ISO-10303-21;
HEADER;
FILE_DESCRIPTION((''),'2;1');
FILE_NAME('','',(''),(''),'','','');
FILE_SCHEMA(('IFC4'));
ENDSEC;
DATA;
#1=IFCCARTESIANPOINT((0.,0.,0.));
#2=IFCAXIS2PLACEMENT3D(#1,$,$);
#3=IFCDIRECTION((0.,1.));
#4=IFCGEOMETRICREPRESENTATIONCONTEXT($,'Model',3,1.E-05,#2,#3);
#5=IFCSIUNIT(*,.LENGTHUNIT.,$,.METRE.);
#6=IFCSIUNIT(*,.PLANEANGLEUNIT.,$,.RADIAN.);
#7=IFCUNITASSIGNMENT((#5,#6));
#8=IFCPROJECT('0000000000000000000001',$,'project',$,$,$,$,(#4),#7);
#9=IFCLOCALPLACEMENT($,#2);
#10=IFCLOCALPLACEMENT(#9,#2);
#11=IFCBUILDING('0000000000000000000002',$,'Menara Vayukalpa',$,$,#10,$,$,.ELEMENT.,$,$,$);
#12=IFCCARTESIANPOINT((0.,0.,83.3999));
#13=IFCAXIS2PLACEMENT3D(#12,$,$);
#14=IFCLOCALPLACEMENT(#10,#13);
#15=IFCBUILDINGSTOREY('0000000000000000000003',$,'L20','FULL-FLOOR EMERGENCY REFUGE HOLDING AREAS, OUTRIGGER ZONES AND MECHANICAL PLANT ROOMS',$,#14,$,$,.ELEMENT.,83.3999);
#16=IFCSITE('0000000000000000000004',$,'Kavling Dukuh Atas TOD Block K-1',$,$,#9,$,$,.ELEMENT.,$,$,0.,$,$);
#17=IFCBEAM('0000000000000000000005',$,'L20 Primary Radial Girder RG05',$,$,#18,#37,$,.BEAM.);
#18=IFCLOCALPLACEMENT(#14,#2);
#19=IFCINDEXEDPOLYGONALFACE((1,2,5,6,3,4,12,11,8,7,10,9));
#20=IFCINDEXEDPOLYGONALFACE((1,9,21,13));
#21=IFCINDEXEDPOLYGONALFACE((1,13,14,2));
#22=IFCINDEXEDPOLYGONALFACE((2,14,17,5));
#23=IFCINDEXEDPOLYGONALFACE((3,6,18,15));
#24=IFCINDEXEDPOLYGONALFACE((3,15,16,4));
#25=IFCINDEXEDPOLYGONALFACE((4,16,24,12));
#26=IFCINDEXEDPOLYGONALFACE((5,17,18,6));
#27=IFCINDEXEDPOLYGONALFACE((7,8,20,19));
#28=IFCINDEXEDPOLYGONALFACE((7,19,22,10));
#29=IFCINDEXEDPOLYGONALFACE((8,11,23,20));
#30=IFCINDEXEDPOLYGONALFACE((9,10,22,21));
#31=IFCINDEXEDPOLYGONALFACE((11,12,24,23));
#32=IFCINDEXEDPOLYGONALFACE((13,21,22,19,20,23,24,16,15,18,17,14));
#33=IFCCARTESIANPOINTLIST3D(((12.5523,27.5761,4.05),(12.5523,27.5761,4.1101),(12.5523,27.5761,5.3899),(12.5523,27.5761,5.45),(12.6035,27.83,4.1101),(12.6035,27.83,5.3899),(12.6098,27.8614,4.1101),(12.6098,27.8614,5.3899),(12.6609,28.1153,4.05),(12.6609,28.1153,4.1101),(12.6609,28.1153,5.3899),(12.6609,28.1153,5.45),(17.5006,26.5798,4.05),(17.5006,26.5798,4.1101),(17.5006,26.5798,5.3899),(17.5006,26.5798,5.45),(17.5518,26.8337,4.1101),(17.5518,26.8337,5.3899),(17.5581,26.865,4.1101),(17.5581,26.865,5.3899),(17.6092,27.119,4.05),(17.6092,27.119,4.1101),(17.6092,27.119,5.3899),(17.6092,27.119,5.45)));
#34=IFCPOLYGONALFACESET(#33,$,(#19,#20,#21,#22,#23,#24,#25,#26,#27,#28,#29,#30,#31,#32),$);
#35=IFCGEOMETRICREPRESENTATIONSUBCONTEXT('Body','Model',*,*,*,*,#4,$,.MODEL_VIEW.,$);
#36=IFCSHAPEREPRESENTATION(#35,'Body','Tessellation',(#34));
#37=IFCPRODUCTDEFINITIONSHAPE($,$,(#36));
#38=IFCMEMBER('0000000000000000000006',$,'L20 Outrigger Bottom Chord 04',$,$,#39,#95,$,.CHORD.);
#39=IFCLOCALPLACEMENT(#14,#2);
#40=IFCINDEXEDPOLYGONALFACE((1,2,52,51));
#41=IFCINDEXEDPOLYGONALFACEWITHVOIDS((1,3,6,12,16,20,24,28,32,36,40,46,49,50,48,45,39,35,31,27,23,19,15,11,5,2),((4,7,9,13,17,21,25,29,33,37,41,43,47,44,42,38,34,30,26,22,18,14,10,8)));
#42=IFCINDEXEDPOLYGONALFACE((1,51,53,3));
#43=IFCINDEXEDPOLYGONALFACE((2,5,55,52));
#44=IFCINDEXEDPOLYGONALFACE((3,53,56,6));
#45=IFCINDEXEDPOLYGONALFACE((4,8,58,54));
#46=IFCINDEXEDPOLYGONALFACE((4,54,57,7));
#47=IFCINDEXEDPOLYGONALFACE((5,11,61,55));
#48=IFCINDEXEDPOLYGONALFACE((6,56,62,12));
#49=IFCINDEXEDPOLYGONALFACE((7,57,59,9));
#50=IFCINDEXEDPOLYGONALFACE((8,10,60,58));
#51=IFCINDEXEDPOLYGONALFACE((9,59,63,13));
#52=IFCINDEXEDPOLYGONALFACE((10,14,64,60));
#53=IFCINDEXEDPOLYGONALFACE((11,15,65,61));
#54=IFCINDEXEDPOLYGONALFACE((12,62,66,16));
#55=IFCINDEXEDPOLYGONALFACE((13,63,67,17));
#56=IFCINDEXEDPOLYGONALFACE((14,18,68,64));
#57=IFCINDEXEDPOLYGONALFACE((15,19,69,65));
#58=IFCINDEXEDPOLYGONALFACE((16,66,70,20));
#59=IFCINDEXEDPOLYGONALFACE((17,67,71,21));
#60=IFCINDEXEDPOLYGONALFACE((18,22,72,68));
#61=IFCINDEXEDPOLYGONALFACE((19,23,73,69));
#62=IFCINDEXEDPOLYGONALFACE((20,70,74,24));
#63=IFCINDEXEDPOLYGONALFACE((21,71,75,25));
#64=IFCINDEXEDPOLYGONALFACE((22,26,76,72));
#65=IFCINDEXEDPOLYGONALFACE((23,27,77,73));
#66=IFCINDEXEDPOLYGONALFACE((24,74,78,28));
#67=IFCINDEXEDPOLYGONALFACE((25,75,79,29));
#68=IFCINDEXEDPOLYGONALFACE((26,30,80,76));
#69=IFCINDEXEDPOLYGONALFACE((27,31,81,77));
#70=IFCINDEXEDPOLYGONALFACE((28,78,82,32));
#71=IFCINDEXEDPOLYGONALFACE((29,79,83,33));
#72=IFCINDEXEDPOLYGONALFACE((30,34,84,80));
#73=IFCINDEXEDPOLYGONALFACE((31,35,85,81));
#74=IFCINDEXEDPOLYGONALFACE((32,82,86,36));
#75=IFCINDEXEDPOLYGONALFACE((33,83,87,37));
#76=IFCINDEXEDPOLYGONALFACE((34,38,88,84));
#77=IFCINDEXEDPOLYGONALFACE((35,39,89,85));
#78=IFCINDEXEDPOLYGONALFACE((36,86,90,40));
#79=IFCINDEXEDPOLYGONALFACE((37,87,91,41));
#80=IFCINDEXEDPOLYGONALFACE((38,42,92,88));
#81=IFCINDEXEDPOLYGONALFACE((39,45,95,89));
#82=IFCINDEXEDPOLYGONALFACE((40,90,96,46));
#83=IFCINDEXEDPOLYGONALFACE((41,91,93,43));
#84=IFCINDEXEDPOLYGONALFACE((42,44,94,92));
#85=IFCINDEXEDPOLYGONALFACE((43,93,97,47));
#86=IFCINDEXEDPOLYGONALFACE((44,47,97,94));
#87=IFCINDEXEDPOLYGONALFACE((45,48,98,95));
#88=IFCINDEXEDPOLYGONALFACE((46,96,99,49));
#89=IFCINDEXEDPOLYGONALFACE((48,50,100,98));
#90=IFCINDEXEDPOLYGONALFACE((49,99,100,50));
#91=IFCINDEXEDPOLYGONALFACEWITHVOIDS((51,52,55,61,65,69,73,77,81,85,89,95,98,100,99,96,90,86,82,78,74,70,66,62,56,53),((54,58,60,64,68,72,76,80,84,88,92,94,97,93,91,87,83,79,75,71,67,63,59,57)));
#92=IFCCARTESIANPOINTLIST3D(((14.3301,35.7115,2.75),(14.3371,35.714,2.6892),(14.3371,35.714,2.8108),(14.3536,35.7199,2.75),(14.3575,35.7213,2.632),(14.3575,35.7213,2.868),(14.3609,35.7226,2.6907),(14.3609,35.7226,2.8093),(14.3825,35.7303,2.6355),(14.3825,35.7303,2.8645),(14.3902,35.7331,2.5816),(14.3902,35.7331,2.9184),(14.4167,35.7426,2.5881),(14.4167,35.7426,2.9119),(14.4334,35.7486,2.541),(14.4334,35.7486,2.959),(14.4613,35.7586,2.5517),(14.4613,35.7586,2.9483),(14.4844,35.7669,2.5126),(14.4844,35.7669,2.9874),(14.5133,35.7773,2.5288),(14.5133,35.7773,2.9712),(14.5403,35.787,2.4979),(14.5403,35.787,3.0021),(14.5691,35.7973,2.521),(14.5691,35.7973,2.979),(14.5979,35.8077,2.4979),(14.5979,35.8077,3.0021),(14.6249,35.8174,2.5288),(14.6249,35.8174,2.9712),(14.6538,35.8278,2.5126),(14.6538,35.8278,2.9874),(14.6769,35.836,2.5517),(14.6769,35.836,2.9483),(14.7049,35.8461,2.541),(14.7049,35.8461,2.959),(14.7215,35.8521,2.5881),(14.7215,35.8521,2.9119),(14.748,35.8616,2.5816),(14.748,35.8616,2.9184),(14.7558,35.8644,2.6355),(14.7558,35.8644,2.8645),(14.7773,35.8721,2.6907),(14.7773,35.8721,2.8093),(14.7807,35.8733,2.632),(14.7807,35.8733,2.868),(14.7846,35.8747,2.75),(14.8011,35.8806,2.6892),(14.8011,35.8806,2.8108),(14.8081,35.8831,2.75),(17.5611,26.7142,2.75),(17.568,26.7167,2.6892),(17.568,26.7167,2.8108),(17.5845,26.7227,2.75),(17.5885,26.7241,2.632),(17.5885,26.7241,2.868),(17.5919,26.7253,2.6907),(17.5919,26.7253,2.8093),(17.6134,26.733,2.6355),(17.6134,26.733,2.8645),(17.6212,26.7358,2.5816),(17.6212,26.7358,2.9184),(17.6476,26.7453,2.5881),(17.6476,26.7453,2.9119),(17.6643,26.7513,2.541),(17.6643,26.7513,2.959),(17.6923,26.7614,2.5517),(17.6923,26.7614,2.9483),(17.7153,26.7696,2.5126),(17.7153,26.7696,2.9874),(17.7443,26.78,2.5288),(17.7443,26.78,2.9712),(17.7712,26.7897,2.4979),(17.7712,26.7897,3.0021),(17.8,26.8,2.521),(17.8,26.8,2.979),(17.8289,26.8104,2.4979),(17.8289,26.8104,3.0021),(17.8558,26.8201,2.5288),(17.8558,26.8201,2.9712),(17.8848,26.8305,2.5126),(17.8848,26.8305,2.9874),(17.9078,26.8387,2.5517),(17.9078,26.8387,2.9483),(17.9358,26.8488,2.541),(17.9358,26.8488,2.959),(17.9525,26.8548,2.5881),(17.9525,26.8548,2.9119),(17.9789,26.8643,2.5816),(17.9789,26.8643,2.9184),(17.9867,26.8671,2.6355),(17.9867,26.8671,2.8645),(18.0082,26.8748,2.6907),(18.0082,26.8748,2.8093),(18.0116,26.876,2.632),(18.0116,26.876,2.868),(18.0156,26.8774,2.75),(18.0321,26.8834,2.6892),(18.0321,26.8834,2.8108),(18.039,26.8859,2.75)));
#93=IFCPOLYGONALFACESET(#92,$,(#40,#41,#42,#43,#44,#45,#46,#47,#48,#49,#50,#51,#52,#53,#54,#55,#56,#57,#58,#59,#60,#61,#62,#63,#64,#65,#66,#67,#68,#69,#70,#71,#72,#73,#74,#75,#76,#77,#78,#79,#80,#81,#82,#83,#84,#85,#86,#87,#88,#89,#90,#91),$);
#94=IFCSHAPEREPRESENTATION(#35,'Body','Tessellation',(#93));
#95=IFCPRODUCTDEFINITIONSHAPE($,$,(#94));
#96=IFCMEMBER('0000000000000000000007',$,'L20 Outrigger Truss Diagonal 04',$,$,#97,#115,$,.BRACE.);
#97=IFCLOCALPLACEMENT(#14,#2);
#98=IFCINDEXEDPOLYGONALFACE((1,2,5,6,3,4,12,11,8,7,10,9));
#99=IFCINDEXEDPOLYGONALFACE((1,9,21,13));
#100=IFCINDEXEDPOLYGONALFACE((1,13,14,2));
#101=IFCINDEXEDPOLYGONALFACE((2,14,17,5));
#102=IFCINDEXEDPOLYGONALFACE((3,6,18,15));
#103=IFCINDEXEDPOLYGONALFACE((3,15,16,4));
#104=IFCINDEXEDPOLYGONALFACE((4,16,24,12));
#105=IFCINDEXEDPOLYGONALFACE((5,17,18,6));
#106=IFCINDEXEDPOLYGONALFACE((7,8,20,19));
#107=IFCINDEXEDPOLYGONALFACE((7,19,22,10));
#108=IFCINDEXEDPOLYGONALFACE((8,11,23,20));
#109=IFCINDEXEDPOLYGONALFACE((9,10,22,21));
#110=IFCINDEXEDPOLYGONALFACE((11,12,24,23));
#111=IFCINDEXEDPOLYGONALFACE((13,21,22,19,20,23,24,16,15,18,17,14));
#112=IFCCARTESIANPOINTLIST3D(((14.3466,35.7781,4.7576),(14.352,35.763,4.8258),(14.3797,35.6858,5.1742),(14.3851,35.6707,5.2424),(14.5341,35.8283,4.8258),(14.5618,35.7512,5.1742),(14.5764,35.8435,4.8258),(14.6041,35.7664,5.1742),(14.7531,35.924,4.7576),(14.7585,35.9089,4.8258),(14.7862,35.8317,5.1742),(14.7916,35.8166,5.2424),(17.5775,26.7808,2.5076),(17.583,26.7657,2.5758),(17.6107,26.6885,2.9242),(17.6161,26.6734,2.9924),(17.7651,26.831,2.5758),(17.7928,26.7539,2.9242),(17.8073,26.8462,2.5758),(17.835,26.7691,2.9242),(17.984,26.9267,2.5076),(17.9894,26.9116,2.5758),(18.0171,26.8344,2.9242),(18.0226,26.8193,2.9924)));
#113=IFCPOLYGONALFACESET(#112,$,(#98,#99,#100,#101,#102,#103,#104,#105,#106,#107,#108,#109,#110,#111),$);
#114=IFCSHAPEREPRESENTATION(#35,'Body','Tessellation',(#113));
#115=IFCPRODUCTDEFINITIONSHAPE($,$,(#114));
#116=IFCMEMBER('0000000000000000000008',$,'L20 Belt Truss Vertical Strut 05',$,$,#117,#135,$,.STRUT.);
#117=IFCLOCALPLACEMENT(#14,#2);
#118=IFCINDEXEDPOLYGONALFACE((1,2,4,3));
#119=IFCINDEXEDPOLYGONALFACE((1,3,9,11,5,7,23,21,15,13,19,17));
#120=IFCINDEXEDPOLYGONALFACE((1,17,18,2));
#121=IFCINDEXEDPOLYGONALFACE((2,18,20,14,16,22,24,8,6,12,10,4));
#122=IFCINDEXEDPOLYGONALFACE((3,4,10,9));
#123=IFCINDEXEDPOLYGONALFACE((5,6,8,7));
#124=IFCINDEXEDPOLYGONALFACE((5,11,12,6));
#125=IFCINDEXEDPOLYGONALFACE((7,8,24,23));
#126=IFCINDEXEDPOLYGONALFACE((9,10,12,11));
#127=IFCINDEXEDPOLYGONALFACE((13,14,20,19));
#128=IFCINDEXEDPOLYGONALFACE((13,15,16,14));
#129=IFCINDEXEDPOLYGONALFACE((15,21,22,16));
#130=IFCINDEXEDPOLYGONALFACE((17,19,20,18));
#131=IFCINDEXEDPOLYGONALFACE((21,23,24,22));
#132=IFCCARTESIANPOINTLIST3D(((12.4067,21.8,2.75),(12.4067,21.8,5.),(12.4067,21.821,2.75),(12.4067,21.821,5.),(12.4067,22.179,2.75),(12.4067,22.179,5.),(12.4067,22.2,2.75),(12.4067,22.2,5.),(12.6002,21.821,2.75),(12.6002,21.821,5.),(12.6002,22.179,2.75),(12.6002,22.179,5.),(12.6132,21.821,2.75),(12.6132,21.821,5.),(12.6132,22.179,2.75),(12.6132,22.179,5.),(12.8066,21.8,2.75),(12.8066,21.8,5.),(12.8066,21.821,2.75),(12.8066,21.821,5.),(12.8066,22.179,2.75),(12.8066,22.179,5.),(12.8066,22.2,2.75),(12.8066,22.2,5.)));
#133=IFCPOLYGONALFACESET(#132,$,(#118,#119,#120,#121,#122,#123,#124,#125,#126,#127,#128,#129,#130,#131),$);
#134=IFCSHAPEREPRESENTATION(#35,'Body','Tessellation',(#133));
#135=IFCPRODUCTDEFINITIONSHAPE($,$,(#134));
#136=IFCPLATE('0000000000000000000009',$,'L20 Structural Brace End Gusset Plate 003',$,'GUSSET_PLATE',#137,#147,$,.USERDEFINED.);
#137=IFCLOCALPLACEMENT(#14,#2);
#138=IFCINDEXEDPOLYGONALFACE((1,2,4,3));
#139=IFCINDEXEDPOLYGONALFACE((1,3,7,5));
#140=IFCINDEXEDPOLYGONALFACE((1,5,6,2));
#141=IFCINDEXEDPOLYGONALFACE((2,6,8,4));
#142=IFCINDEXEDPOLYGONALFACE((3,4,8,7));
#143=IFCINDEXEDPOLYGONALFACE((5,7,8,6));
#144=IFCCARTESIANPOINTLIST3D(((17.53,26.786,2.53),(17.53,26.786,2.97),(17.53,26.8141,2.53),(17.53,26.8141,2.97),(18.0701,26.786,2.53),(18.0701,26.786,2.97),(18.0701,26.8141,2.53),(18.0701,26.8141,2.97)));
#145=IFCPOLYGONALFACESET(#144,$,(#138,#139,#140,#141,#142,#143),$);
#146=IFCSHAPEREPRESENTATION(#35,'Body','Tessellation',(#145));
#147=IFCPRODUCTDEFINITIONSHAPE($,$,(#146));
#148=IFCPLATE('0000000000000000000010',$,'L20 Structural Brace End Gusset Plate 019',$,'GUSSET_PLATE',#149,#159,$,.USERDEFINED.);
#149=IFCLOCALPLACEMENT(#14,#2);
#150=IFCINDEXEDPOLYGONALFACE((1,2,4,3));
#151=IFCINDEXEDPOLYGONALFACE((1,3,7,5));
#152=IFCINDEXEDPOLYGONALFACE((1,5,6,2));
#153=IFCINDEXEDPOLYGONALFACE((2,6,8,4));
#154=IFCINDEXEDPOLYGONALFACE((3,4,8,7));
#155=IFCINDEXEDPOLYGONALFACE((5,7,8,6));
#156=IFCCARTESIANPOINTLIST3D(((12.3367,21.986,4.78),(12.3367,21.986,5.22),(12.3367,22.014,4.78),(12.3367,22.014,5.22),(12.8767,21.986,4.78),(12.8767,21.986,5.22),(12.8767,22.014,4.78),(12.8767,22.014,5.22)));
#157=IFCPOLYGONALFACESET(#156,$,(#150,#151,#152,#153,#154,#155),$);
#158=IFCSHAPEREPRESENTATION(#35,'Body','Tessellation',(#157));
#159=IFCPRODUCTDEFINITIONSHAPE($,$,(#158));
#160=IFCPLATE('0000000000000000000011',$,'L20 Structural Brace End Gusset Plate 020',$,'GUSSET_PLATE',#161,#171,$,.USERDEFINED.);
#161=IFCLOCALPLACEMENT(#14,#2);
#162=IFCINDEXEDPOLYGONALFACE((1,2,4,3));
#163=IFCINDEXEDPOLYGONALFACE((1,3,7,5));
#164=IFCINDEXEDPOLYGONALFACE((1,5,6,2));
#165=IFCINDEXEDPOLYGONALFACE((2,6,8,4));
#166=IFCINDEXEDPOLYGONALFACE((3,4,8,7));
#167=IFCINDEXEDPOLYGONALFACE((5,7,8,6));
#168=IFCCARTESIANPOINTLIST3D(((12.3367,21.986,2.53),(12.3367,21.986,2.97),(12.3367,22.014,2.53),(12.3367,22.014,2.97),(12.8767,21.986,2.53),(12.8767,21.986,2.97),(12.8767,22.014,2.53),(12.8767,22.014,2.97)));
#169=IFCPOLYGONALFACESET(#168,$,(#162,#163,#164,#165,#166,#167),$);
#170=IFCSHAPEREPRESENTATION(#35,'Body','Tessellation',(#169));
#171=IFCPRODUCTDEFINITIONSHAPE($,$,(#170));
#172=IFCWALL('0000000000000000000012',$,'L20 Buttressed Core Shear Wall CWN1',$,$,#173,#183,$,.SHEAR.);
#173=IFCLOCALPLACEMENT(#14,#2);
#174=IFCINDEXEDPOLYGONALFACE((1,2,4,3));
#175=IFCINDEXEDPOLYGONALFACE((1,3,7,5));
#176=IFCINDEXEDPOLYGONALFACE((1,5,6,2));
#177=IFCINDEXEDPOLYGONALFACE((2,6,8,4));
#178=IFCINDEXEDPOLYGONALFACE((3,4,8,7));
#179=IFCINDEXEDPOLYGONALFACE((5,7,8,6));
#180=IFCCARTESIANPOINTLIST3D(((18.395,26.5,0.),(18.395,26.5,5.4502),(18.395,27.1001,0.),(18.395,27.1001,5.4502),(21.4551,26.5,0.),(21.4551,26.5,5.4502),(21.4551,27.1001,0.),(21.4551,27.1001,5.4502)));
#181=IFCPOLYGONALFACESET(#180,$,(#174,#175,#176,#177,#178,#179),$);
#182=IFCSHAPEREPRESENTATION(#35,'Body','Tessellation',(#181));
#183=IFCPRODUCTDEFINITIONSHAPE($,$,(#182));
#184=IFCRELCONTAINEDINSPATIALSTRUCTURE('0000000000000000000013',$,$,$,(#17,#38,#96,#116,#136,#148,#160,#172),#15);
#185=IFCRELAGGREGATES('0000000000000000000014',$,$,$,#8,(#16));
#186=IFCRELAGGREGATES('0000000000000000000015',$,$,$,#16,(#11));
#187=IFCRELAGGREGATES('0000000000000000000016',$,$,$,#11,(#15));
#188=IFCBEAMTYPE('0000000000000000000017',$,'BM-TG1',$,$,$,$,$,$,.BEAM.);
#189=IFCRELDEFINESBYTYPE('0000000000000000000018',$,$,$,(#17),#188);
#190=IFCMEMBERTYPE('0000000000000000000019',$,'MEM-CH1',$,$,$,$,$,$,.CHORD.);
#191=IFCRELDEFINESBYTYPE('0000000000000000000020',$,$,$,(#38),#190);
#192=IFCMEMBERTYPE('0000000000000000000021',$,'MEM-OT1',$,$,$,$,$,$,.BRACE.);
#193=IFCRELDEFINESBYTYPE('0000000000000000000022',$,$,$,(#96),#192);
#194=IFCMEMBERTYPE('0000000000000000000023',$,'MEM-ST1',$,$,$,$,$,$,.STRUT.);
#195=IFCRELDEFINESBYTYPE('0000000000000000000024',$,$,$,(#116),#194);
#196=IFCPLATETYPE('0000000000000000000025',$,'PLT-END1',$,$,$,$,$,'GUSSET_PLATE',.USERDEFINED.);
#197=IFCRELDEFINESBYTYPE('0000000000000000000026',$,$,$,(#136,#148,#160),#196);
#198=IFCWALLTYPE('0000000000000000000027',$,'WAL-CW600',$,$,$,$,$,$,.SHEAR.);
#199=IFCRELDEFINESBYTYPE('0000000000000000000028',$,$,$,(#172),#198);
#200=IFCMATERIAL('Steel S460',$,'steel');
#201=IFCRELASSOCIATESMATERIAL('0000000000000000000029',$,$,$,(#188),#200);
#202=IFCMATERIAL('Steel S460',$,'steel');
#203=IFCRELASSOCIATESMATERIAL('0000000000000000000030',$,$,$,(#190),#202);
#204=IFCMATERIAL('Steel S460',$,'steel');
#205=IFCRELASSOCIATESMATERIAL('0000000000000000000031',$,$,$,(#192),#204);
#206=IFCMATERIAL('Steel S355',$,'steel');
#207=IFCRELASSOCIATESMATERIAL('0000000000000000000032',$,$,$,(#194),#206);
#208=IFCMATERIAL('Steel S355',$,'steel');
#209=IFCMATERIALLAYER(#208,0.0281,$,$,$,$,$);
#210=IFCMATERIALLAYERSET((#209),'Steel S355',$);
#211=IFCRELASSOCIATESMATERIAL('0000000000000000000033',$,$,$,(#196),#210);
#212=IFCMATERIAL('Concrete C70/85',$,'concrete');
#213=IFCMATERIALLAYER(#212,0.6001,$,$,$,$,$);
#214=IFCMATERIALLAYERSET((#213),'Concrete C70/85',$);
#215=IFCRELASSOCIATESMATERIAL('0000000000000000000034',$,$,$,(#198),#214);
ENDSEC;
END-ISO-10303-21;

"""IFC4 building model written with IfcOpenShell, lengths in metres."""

from ifc_helpers import new_model, si_unit, direction, frame, frame_2d, origin, origin_2d, place, context, subcontext, project, spatial, rectangle, hollow_circle, i_section, extrude, material, layer, layer_set, material_profile, profile_set, type_object, element, save


model = new_model("IFC4")

# Units and contexts
model_context = context("Model", 3, precision=1e-05, world=origin(), true_north=direction((0.0, 1.0)))
body_context = subcontext(model_context, "Body", "Model", "MODEL_VIEW")
ifc_project = project(units=[si_unit("LENGTHUNIT", "METRE"), si_unit("PLANEANGLEUNIT", "RADIAN")], contexts=[model_context])

# Site, building, storey
site_placement = place(None, origin())
site = spatial("IfcSite", under=ifc_project, at=site_placement, Name="Kavling Dukuh Atas TOD Block K-1", CompositionType="ELEMENT", RefElevation=0.0)
building_placement = place(site_placement, origin())
building = spatial("IfcBuilding", under=site, at=building_placement, Name="Menara Vayukalpa", CompositionType="ELEMENT")
storey_placement = place(building_placement, frame((0.0, 0.0, 83.3999)))
storey = spatial("IfcBuildingStorey", under=building, at=storey_placement, Name="L20", Description="FULL-FLOOR EMERGENCY REFUGE HOLDING AREAS, OUTRIGGER ZONES AND MECHANICAL PLANT ROOMS", CompositionType="ELEMENT", Elevation=83.3999)

# Beam
ifc_material_1 = material(Name="Steel S460", Category="steel")
ifc_material_profile_1 = material_profile(ifc_material_1, i_section(OverallWidth=0.55, OverallDepth=1.3999, WebThickness=0.032, FlangeThickness=0.0601, at=origin_2d()), Name="WG 1400x550x32x60")
ifc_profile_set_1 = profile_set([ifc_material_profile_1], Name="Steel S460")
beam_type_1 = type_object("IfcBeamType", Name="BM-TG1", PredefinedType="BEAM", material=ifc_profile_set_1)
beam_1_placement = place(storey_placement, frame((17.5549, 26.8494, 4.75), z_axis=(-0.980325, 0.19739, 0.0), x_axis=(-0.19739, -0.980325, 0.0)))
element("IfcBeam", 1, at=beam_1_placement, inside=storey, type_object=beam_type_1, Name="L20 Primary Radial Girder RG05", PredefinedType="BEAM", context=body_context, shape_type="SweptSolid", body=[
    extrude(i_section(OverallWidth=0.55, OverallDepth=1.3999, WebThickness=0.032, FlangeThickness=0.0601, at=origin_2d()), origin(), (0.0, 0.0, 1.0), 5.0476),
])

# Members
ifc_material_2 = material(Name="Steel S460", Category="steel")
ifc_material_profile_2 = material_profile(ifc_material_2, hollow_circle(Radius=0.2539, WallThickness=0.0249, at=origin_2d()), Name="CHS 508.0x25")
ifc_profile_set_2 = profile_set([ifc_material_profile_2], Name="Steel S460")
member_type_1 = type_object("IfcMemberType", Name="MEM-CH1", PredefinedType="CHORD", material=ifc_profile_set_2)
member_1_placement = place(storey_placement, frame((17.8, 26.8, 2.75), z_axis=(-0.337971, 0.941156, 0.0), x_axis=(-0.941156, -0.337971, 0.0)))
element("IfcMember", 2, at=member_1_placement, inside=storey, type_object=member_type_1, Name="L20 Outrigger Bottom Chord 04", PredefinedType="CHORD", context=body_context, shape_type="SweptSolid", body=[
    extrude(hollow_circle(Radius=0.2539, WallThickness=0.0249, at=origin_2d()), origin(), (0.0, 0.0, 1.0), 9.5598),
])
ifc_material_3 = material(Name="Steel S460", Category="steel")
ifc_material_profile_3 = material_profile(ifc_material_3, i_section(OverallWidth=0.4319, OverallDepth=0.498, WebThickness=0.0449, FlangeThickness=0.0701, at=origin_2d()), Name="H 498x432x45x70")
ifc_profile_set_3 = profile_set([ifc_material_profile_3], Name="Steel S460")
member_type_2 = type_object("IfcMemberType", Name="MEM-OT1", PredefinedType="BRACE", material=ifc_profile_set_3)
member_2_placement = place(storey_placement, frame((17.8, 26.8, 2.75), z_axis=(-0.328982, 0.916124, 0.229099), x_axis=(-0.941156, -0.337971, 0.0)))
element("IfcMember", 3, at=member_2_placement, inside=storey, type_object=member_type_2, Name="L20 Outrigger Truss Diagonal 04", PredefinedType="BRACE", context=body_context, shape_type="SweptSolid", body=[
    extrude(i_section(OverallWidth=0.4319, OverallDepth=0.498, WebThickness=0.0449, FlangeThickness=0.0701, at=origin_2d()), origin(), (0.0, 0.0, 1.0), 9.821),
])
ifc_material_4 = material(Name="Steel S355", Category="steel")
ifc_material_profile_4 = material_profile(ifc_material_4, i_section(OverallWidth=0.3999, OverallDepth=0.3999, WebThickness=0.0129, FlangeThickness=0.021, at=origin_2d()), Name="H 400x400x13x21")
ifc_profile_set_4 = profile_set([ifc_material_profile_4], Name="Steel S355")
member_type_3 = type_object("IfcMemberType", Name="MEM-ST1", PredefinedType="STRUT", material=ifc_profile_set_4)
member_3_placement = place(storey_placement, frame((12.6067, 22.0, 2.75), z_axis=(0.0, 0.0, 1.0), x_axis=(1.0, 0.0, 0.0)))
element("IfcMember", 4, at=member_3_placement, inside=storey, type_object=member_type_3, Name="L20 Belt Truss Vertical Strut 05", PredefinedType="STRUT", context=body_context, shape_type="SweptSolid", body=[
    extrude(i_section(OverallWidth=0.3999, OverallDepth=0.3999, WebThickness=0.0129, FlangeThickness=0.021, at=origin_2d()), origin(), (0.0, 0.0, 1.0), 2.25),
])

# Plates
ifc_material_5 = material(Name="Steel S355", Category="steel")
ifc_layer_1 = layer(ifc_material_5, 0.0281)
ifc_layer_set_1 = layer_set([ifc_layer_1], Name="Steel S355")
plate_type = type_object("IfcPlateType", Name="PLT-END1", ElementType="GUSSET_PLATE", PredefinedType="USERDEFINED", material=ifc_layer_set_1)
for number, where, z_axis, x_axis, name in (
    (5, (17.8, 26.8, 2.53), (0.0, 0.0, 1.0), (1.0, 0.0, 0.0), "L20 Structural Brace End Gusset Plate 003"),
    (6, (12.6067, 22.0, 4.78), (0.0, 0.0, 1.0), (1.0, 0.0, 0.0), "L20 Structural Brace End Gusset Plate 019"),
    (7, (12.6067, 22.0, 2.53), (0.0, 0.0, 1.0), (1.0, 0.0, 0.0), "L20 Structural Brace End Gusset Plate 020"),
):
    element("IfcPlate", number, at=place(storey_placement, frame(where, z_axis=z_axis, x_axis=x_axis)), inside=storey, type_object=plate_type, Name=name, ObjectType="GUSSET_PLATE", PredefinedType="USERDEFINED", context=body_context, shape_type="SweptSolid", body=[
        extrude(rectangle(XDim=0.54, YDim=0.0281, at=origin_2d()), origin(), (0.0, 0.0, 1.0), 0.4399),
    ])

# Wall
ifc_material_6 = material(Name="Concrete C70/85", Category="concrete")
ifc_layer_2 = layer(ifc_material_6, 0.6001)
ifc_layer_set_2 = layer_set([ifc_layer_2], Name="Concrete C70/85")
wall_type_1 = type_object("IfcWallType", Name="WAL-CW600", PredefinedType="SHEAR", material=ifc_layer_set_2)
wall_1_placement = place(storey_placement, frame((18.395, 26.8, 0.0), z_axis=(0.0, 0.0, 1.0), x_axis=(1.0, 0.0, 0.0)))
element("IfcWall", 8, at=wall_1_placement, inside=storey, type_object=wall_type_1, Name="L20 Buttressed Core Shear Wall CWN1", PredefinedType="SHEAR", context=body_context, shape_type="SweptSolid", body=[
    extrude(rectangle(XDim=3.0601, YDim=0.6001, at=frame_2d((1.53, 0.0))), origin(), (0.0, 0.0, 1.0), 5.4502),
])

save(model, "model.ifc")
